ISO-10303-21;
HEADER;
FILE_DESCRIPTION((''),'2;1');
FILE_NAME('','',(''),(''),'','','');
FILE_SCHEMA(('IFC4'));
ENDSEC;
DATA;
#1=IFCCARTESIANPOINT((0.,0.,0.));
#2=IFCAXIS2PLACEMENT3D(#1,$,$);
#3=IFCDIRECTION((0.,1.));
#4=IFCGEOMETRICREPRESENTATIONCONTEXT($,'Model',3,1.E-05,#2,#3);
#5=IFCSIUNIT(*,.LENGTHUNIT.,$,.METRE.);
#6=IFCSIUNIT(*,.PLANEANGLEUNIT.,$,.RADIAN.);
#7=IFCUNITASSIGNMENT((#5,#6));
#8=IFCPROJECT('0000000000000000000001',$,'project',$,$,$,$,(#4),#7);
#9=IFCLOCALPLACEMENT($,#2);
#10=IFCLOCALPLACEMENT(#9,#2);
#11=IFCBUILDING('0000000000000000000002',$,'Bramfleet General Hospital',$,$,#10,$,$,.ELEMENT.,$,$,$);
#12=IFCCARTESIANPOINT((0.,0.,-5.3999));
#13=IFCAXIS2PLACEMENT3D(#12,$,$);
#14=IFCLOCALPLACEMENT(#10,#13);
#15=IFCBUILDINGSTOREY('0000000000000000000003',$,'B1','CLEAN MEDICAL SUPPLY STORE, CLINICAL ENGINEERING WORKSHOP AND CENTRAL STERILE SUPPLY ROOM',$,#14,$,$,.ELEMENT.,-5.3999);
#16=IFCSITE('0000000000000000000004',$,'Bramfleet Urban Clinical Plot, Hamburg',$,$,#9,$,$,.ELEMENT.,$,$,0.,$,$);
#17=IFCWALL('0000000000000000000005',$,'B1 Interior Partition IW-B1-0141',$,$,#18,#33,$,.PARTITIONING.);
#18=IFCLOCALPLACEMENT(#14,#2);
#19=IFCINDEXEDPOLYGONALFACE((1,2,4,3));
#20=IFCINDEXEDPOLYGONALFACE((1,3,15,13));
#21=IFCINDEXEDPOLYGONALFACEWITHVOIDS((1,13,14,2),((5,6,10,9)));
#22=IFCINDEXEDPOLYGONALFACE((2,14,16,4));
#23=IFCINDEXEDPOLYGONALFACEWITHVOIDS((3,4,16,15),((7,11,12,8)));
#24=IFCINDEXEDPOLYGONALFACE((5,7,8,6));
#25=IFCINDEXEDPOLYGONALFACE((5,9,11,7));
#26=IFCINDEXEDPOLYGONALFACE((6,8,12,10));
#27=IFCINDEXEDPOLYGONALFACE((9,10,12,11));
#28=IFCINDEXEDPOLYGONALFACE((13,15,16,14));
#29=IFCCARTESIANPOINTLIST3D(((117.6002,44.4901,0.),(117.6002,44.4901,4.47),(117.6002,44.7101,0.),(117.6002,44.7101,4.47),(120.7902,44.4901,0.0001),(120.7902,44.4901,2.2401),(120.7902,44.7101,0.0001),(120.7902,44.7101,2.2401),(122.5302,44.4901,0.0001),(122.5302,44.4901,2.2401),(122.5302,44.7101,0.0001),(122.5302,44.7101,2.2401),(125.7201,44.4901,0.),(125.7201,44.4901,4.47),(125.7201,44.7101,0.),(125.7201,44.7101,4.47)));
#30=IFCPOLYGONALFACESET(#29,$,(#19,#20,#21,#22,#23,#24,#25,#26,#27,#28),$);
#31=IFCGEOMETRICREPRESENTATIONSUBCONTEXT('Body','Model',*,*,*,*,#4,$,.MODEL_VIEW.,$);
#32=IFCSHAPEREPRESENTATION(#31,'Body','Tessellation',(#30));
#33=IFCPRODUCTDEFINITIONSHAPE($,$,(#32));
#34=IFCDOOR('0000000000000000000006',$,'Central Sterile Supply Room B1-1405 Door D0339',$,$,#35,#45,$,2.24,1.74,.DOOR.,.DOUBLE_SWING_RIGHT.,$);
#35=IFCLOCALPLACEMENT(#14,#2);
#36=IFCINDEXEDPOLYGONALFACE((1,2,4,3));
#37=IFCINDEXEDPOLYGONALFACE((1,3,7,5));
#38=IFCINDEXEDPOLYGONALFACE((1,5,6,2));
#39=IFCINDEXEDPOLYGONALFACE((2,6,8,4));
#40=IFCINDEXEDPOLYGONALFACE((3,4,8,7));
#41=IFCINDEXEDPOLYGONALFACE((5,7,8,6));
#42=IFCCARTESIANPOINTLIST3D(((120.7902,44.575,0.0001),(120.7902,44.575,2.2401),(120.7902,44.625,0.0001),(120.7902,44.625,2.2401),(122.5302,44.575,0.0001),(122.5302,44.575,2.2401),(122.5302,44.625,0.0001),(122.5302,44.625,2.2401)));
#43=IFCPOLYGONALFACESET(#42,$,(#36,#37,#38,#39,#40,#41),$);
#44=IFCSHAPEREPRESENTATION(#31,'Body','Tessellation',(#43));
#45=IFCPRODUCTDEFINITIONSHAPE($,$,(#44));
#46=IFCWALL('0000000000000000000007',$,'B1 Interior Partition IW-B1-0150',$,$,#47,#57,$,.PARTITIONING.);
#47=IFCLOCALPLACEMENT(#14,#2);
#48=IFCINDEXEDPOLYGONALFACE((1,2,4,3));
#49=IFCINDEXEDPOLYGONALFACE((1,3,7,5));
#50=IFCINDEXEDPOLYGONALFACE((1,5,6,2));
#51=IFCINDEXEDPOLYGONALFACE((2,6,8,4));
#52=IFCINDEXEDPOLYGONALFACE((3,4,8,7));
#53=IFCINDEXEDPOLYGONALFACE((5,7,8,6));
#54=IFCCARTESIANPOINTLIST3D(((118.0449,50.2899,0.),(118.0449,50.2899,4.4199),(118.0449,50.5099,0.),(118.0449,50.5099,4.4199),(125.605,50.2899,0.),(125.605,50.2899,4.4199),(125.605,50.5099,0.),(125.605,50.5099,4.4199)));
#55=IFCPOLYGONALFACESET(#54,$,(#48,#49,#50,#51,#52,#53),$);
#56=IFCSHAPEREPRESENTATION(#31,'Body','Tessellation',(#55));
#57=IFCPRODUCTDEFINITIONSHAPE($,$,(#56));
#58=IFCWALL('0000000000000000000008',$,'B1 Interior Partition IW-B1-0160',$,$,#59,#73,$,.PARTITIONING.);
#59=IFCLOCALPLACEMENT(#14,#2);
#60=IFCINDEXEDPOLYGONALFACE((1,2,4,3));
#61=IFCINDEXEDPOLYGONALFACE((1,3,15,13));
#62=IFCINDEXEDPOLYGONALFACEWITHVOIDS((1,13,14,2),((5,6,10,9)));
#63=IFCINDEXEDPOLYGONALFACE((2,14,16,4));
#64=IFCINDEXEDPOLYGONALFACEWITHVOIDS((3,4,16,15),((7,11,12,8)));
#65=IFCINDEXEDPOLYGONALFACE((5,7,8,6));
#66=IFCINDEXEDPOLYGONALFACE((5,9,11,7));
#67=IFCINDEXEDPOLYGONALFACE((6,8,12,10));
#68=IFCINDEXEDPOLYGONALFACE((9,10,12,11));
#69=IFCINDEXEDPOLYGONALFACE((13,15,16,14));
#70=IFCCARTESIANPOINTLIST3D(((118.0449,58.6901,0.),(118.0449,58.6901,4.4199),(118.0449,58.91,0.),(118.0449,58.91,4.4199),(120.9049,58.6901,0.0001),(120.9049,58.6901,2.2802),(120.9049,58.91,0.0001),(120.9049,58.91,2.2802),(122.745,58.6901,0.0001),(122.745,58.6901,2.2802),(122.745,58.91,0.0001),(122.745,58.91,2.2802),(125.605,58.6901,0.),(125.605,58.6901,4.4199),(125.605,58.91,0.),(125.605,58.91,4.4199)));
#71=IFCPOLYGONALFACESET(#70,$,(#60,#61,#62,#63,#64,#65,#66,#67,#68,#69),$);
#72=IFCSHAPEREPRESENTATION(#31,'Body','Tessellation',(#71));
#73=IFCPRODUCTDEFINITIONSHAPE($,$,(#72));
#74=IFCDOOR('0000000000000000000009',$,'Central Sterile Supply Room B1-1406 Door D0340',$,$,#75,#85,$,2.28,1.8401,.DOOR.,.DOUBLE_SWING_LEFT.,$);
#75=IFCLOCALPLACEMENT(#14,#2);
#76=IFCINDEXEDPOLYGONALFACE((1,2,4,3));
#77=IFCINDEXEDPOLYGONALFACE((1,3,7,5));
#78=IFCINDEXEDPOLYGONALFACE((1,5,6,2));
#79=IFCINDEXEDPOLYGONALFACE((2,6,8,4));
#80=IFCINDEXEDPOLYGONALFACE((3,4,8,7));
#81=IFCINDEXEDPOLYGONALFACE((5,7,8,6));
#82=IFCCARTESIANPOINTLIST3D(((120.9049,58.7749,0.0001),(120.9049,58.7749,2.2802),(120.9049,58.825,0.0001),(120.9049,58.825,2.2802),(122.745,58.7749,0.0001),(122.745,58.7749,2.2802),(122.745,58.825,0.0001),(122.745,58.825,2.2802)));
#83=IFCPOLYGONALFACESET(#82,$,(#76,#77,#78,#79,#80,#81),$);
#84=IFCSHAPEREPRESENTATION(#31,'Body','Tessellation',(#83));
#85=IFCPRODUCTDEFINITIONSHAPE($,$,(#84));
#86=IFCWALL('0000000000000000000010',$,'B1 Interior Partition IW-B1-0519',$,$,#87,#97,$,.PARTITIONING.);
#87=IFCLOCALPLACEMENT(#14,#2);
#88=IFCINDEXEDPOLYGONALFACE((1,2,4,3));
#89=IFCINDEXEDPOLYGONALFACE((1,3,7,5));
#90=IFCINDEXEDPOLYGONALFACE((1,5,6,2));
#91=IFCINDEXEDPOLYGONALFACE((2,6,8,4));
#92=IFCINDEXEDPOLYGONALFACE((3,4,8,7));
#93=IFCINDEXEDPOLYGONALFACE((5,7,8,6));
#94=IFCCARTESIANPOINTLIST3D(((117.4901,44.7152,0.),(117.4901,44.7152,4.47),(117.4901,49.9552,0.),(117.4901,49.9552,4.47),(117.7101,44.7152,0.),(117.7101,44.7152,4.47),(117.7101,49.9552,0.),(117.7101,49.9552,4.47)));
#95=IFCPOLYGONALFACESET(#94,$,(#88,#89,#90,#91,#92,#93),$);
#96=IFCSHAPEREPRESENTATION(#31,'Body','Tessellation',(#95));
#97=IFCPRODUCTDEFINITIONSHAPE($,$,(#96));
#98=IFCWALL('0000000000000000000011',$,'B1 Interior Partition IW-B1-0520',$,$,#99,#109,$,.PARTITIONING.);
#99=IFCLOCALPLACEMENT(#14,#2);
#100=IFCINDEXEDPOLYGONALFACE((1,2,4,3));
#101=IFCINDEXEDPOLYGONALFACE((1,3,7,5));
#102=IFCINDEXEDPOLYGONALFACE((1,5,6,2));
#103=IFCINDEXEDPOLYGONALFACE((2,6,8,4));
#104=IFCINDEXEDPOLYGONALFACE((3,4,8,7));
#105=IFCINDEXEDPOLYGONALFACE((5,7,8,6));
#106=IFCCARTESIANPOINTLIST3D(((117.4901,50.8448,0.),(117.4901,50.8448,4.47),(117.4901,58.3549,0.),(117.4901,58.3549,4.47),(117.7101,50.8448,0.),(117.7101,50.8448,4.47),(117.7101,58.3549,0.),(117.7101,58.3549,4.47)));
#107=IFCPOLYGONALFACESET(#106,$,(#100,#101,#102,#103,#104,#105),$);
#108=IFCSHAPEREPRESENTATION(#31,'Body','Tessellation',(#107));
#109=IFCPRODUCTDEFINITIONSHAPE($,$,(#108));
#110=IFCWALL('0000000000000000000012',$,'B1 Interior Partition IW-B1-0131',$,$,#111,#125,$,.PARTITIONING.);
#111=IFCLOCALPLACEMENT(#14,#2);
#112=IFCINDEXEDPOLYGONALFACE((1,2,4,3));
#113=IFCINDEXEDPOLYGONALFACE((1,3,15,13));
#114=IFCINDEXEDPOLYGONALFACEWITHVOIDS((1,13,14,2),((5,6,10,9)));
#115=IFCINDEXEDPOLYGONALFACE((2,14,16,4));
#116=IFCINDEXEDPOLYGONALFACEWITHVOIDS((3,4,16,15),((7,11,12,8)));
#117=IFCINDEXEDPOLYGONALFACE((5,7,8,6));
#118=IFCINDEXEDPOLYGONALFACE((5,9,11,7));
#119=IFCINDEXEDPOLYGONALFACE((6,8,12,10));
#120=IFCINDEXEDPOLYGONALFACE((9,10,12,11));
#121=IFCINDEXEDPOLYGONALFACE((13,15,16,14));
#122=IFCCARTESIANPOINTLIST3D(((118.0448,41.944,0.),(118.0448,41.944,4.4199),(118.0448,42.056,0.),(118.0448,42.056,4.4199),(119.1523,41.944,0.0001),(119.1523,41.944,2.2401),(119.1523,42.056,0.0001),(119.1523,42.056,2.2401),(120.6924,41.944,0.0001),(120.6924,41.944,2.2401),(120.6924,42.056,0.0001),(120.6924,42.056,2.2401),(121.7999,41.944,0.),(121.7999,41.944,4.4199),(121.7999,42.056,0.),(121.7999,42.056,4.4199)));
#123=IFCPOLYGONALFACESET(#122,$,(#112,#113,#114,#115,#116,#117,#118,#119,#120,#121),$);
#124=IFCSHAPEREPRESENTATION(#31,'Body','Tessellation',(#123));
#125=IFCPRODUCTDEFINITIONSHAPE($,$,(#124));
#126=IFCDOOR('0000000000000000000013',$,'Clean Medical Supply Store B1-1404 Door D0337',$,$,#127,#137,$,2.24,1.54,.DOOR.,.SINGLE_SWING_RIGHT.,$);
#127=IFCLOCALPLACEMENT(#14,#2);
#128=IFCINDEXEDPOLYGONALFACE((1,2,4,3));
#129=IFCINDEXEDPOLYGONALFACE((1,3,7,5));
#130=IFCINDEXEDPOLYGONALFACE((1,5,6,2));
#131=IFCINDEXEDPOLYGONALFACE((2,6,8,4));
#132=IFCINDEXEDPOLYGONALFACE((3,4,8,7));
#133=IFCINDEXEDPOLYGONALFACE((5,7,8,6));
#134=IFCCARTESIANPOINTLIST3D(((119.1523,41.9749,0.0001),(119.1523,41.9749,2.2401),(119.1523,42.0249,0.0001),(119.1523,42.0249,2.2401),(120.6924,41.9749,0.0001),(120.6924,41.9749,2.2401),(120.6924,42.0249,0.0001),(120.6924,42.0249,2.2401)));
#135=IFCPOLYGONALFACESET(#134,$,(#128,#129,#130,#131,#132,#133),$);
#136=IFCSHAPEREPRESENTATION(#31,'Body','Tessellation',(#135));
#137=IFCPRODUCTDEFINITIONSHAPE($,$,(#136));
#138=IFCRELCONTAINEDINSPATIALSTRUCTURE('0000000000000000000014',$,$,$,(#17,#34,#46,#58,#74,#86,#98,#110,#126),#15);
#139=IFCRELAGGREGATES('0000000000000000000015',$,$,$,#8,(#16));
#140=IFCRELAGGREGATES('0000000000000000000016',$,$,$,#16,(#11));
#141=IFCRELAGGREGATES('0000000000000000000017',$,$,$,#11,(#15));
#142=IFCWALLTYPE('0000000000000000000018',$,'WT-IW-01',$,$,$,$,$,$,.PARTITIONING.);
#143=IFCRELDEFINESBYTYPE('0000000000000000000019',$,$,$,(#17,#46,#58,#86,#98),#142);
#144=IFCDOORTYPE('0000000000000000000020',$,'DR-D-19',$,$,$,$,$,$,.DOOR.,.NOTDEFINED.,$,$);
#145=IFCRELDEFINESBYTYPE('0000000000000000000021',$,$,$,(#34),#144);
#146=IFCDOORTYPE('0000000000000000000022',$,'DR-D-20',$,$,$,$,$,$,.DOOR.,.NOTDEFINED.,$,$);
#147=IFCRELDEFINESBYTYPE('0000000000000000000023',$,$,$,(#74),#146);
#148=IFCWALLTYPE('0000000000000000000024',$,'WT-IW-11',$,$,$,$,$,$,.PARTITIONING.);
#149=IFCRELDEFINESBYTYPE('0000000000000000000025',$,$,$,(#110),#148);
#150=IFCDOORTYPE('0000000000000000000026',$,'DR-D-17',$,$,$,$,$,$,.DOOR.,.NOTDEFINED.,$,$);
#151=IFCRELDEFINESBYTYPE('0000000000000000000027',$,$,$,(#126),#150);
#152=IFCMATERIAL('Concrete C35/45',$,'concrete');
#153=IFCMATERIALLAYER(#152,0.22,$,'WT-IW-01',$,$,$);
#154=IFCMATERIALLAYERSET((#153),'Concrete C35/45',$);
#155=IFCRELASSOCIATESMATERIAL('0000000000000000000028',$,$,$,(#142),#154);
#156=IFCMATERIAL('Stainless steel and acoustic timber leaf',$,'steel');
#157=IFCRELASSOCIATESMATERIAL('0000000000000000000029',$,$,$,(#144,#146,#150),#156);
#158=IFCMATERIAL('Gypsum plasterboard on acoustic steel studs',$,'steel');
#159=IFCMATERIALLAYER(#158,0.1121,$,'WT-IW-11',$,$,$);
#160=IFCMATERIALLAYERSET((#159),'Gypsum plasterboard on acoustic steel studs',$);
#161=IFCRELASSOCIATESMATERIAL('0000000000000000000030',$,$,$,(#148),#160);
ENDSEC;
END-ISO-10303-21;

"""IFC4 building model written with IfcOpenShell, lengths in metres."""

from ifc_helpers import new_model, si_unit, direction, frame, frame_2d, origin, place, context, subcontext, project, spatial, rectangle, extrude, material, layer, layer_set, type_object, element, fill, save


model = new_model("IFC4")

# Units and contexts
model_context = context("Model", 3, precision=1e-05, world=origin(), true_north=direction((0.0, 1.0)))
body_context = subcontext(model_context, "Body", "Model", "MODEL_VIEW")
ifc_project = project(units=[si_unit("LENGTHUNIT", "METRE"), si_unit("PLANEANGLEUNIT", "RADIAN")], contexts=[model_context])

# Site, building, storey
site_placement = place(None, origin())
site = spatial("IfcSite", under=ifc_project, at=site_placement, Name="Bramfleet Urban Clinical Plot, Hamburg", CompositionType="ELEMENT", RefElevation=0.0)
building_placement = place(site_placement, origin())
building = spatial("IfcBuilding", under=site, at=building_placement, Name="Bramfleet General Hospital", CompositionType="ELEMENT")
storey_placement = place(building_placement, frame((0.0, 0.0, -5.3999)))
storey = spatial("IfcBuildingStorey", under=building, at=storey_placement, Name="B1", Description="CLEAN MEDICAL SUPPLY STORE, CLINICAL ENGINEERING WORKSHOP AND CENTRAL STERILE SUPPLY ROOM", CompositionType="ELEMENT", Elevation=-5.3999)

# Shared definitions
ifc_material_1 = material(Name="Concrete C35/45", Category="concrete")

# Wall, opening, door
ifc_layer_1 = layer(ifc_material_1, 0.22, Name="WT-IW-01")
ifc_layer_set_1 = layer_set([ifc_layer_1], Name="Concrete C35/45")
wall_type_1 = type_object("IfcWallType", Name="WT-IW-01", PredefinedType="PARTITIONING", material=ifc_layer_set_1)
wall_1_placement = place(storey_placement, frame((117.6001, 44.6001, 0.0), z_axis=(0.0, 0.0, 1.0), x_axis=(1.0, 0.0, 0.0)))
wall_1 = element("IfcWall", 1, at=wall_1_placement, inside=storey, type_object=wall_type_1, Name="B1 Interior Partition IW-B1-0141", PredefinedType="PARTITIONING", context=body_context, shape_type="SweptSolid", body=[
    extrude(rectangle(XDim=8.1199, YDim=0.22, at=frame_2d((4.0601, 0.0))), origin(), (0.0, 0.0, 1.0), 4.47),
])
opening_1_placement = place(wall_1_placement, frame((3.1899, 0.0, 0.0)))
opening_1 = element("IfcOpeningElement", 2, at=opening_1_placement, cuts=wall_1, PredefinedType="OPENING", context=body_context, shape_type="SweptSolid", body=[
    extrude(rectangle(XDim=1.74, YDim=2.24, at=frame_2d((0.8701, 1.1201))), frame((0.0, 0.1199, 0.0), z_axis=(0.0, -1.0, 0.0), x_axis=(1.0, 0.0, 0.0)), (0.0, 0.0, 1.0), 0.24),
])
ifc_material_2 = material(Name="Stainless steel and acoustic timber leaf", Category="steel")
door_type_1 = type_object("IfcDoorType", Name="DR-D-19", OperationType="NOTDEFINED", PredefinedType="DOOR", material=ifc_material_2)
door_1_placement = place(opening_1_placement, origin())
door_1 = element("IfcDoor", 3, at=door_1_placement, inside=storey, type_object=door_type_1, Name="Central Sterile Supply Room B1-1405 Door D0339", OperationType="DOUBLE_SWING_RIGHT", OverallHeight=2.24, OverallWidth=1.74, PredefinedType="DOOR", context=body_context, shape_type="SweptSolid", body=[
    extrude(rectangle(XDim=1.74, YDim=2.24, at=frame_2d((0.8701, 1.1201))), frame((0.0, 0.0249, 0.0), z_axis=(0.0, -1.0, 0.0), x_axis=(1.0, 0.0, 0.0)), (0.0, 0.0, 1.0), 0.05),
])
fill(opening_1, door_1)

# Wall
wall_2_placement = place(storey_placement, frame((118.0449, 50.3999, 0.0), z_axis=(0.0, 0.0, 1.0), x_axis=(1.0, 0.0, 0.0)))
element("IfcWall", 4, at=wall_2_placement, inside=storey, type_object=wall_type_1, Name="B1 Interior Partition IW-B1-0150", PredefinedType="PARTITIONING", context=body_context, shape_type="SweptSolid", body=[
    extrude(rectangle(XDim=7.5601, YDim=0.22, at=frame_2d((3.78, 0.0))), origin(), (0.0, 0.0, 1.0), 4.4199),
])

# Wall, opening, door
wall_3_placement = place(storey_placement, frame((118.0449, 58.8, 0.0), z_axis=(0.0, 0.0, 1.0), x_axis=(1.0, 0.0, 0.0)))
wall_3 = element("IfcWall", 5, at=wall_3_placement, inside=storey, type_object=wall_type_1, Name="B1 Interior Partition IW-B1-0160", PredefinedType="PARTITIONING", context=body_context, shape_type="SweptSolid", body=[
    extrude(rectangle(XDim=7.5601, YDim=0.22, at=frame_2d((3.78, 0.0))), origin(), (0.0, 0.0, 1.0), 4.4199),
])
opening_2_placement = place(wall_3_placement, frame((2.8601, 0.0, 0.0)))
opening_2 = element("IfcOpeningElement", 6, at=opening_2_placement, cuts=wall_3, PredefinedType="OPENING", context=body_context, shape_type="SweptSolid", body=[
    extrude(rectangle(XDim=1.8401, YDim=2.28, at=frame_2d((0.9199, 1.1401))), frame((0.0, 0.1199, 0.0), z_axis=(0.0, -1.0, 0.0), x_axis=(1.0, 0.0, 0.0)), (0.0, 0.0, 1.0), 0.24),
])
door_type_2 = type_object("IfcDoorType", Name="DR-D-20", OperationType="NOTDEFINED", PredefinedType="DOOR", material=ifc_material_2)
door_2_placement = place(opening_2_placement, origin())
door_2 = element("IfcDoor", 7, at=door_2_placement, inside=storey, type_object=door_type_2, Name="Central Sterile Supply Room B1-1406 Door D0340", OperationType="DOUBLE_SWING_LEFT", OverallHeight=2.28, OverallWidth=1.8401, PredefinedType="DOOR", context=body_context, shape_type="SweptSolid", body=[
    extrude(rectangle(XDim=1.8401, YDim=2.28, at=frame_2d((0.9199, 1.1401))), frame((0.0, 0.0249, 0.0), z_axis=(0.0, -1.0, 0.0), x_axis=(1.0, 0.0, 0.0)), (0.0, 0.0, 1.0), 0.05),
])
fill(opening_2, door_2)

# Walls
wall_4_placement = place(storey_placement, frame((117.6001, 44.7151, 0.0), z_axis=(0.0, 0.0, 1.0), x_axis=(0.0, 1.0, 0.0)))
element("IfcWall", 8, at=wall_4_placement, inside=storey, type_object=wall_type_1, Name="B1 Interior Partition IW-B1-0519", PredefinedType="PARTITIONING", context=body_context, shape_type="SweptSolid", body=[
    extrude(rectangle(XDim=5.24, YDim=0.22, at=frame_2d((2.6201, 0.0))), origin(), (0.0, 0.0, 1.0), 4.47),
])
wall_5_placement = place(storey_placement, frame((117.6001, 50.845, 0.0), z_axis=(0.0, 0.0, 1.0), x_axis=(0.0, 1.0, 0.0)))
element("IfcWall", 9, at=wall_5_placement, inside=storey, type_object=wall_type_1, Name="B1 Interior Partition IW-B1-0520", PredefinedType="PARTITIONING", context=body_context, shape_type="SweptSolid", body=[
    extrude(rectangle(XDim=7.51, YDim=0.22, at=frame_2d((3.7549, 0.0))), origin(), (0.0, 0.0, 1.0), 4.47),
])

# Wall, opening, door
ifc_material_3 = material(Name="Gypsum plasterboard on acoustic steel studs", Category="steel")
ifc_layer_2 = layer(ifc_material_3, 0.1121, Name="WT-IW-11")
ifc_layer_set_2 = layer_set([ifc_layer_2], Name="Gypsum plasterboard on acoustic steel studs")
wall_type_2 = type_object("IfcWallType", Name="WT-IW-11", PredefinedType="PARTITIONING", material=ifc_layer_set_2)
wall_6_placement = place(storey_placement, frame((118.0449, 42.0, 0.0), z_axis=(0.0, 0.0, 1.0), x_axis=(1.0, 0.0, 0.0)))
wall_6 = element("IfcWall", 10, at=wall_6_placement, inside=storey, type_object=wall_type_2, Name="B1 Interior Partition IW-B1-0131", PredefinedType="PARTITIONING", context=body_context, shape_type="SweptSolid", body=[
    extrude(rectangle(XDim=3.7551, YDim=0.1121, at=frame_2d((1.8774, 0.0))), origin(), (0.0, 0.0, 1.0), 4.4199),
])
opening_3_placement = place(wall_6_placement, frame((1.1074, 0.0, 0.0)))
opening_3 = element("IfcOpeningElement", 11, at=opening_3_placement, cuts=wall_6, PredefinedType="OPENING", context=body_context, shape_type="SweptSolid", body=[
    extrude(rectangle(XDim=1.54, YDim=2.24, at=frame_2d((0.77, 1.1201))), frame((0.0, 0.0659, 0.0), z_axis=(0.0, -1.0, 0.0), x_axis=(1.0, 0.0, 0.0)), (0.0, 0.0, 1.0), 0.1321),
])
door_type_3 = type_object("IfcDoorType", Name="DR-D-17", OperationType="NOTDEFINED", PredefinedType="DOOR", material=ifc_material_2)
door_3_placement = place(opening_3_placement, origin())
door_3 = element("IfcDoor", 12, at=door_3_placement, inside=storey, type_object=door_type_3, Name="Clean Medical Supply Store B1-1404 Door D0337", OperationType="SINGLE_SWING_RIGHT", OverallHeight=2.24, OverallWidth=1.54, PredefinedType="DOOR", context=body_context, shape_type="SweptSolid", body=[
    extrude(rectangle(XDim=1.54, YDim=2.24, at=frame_2d((0.77, 1.1201))), frame((0.0, 0.0249, 0.0), z_axis=(0.0, -1.0, 0.0), x_axis=(1.0, 0.0, 0.0)), (0.0, 0.0, 1.0), 0.05),
])
fill(opening_3, door_3)

save(model, "model.ifc")
